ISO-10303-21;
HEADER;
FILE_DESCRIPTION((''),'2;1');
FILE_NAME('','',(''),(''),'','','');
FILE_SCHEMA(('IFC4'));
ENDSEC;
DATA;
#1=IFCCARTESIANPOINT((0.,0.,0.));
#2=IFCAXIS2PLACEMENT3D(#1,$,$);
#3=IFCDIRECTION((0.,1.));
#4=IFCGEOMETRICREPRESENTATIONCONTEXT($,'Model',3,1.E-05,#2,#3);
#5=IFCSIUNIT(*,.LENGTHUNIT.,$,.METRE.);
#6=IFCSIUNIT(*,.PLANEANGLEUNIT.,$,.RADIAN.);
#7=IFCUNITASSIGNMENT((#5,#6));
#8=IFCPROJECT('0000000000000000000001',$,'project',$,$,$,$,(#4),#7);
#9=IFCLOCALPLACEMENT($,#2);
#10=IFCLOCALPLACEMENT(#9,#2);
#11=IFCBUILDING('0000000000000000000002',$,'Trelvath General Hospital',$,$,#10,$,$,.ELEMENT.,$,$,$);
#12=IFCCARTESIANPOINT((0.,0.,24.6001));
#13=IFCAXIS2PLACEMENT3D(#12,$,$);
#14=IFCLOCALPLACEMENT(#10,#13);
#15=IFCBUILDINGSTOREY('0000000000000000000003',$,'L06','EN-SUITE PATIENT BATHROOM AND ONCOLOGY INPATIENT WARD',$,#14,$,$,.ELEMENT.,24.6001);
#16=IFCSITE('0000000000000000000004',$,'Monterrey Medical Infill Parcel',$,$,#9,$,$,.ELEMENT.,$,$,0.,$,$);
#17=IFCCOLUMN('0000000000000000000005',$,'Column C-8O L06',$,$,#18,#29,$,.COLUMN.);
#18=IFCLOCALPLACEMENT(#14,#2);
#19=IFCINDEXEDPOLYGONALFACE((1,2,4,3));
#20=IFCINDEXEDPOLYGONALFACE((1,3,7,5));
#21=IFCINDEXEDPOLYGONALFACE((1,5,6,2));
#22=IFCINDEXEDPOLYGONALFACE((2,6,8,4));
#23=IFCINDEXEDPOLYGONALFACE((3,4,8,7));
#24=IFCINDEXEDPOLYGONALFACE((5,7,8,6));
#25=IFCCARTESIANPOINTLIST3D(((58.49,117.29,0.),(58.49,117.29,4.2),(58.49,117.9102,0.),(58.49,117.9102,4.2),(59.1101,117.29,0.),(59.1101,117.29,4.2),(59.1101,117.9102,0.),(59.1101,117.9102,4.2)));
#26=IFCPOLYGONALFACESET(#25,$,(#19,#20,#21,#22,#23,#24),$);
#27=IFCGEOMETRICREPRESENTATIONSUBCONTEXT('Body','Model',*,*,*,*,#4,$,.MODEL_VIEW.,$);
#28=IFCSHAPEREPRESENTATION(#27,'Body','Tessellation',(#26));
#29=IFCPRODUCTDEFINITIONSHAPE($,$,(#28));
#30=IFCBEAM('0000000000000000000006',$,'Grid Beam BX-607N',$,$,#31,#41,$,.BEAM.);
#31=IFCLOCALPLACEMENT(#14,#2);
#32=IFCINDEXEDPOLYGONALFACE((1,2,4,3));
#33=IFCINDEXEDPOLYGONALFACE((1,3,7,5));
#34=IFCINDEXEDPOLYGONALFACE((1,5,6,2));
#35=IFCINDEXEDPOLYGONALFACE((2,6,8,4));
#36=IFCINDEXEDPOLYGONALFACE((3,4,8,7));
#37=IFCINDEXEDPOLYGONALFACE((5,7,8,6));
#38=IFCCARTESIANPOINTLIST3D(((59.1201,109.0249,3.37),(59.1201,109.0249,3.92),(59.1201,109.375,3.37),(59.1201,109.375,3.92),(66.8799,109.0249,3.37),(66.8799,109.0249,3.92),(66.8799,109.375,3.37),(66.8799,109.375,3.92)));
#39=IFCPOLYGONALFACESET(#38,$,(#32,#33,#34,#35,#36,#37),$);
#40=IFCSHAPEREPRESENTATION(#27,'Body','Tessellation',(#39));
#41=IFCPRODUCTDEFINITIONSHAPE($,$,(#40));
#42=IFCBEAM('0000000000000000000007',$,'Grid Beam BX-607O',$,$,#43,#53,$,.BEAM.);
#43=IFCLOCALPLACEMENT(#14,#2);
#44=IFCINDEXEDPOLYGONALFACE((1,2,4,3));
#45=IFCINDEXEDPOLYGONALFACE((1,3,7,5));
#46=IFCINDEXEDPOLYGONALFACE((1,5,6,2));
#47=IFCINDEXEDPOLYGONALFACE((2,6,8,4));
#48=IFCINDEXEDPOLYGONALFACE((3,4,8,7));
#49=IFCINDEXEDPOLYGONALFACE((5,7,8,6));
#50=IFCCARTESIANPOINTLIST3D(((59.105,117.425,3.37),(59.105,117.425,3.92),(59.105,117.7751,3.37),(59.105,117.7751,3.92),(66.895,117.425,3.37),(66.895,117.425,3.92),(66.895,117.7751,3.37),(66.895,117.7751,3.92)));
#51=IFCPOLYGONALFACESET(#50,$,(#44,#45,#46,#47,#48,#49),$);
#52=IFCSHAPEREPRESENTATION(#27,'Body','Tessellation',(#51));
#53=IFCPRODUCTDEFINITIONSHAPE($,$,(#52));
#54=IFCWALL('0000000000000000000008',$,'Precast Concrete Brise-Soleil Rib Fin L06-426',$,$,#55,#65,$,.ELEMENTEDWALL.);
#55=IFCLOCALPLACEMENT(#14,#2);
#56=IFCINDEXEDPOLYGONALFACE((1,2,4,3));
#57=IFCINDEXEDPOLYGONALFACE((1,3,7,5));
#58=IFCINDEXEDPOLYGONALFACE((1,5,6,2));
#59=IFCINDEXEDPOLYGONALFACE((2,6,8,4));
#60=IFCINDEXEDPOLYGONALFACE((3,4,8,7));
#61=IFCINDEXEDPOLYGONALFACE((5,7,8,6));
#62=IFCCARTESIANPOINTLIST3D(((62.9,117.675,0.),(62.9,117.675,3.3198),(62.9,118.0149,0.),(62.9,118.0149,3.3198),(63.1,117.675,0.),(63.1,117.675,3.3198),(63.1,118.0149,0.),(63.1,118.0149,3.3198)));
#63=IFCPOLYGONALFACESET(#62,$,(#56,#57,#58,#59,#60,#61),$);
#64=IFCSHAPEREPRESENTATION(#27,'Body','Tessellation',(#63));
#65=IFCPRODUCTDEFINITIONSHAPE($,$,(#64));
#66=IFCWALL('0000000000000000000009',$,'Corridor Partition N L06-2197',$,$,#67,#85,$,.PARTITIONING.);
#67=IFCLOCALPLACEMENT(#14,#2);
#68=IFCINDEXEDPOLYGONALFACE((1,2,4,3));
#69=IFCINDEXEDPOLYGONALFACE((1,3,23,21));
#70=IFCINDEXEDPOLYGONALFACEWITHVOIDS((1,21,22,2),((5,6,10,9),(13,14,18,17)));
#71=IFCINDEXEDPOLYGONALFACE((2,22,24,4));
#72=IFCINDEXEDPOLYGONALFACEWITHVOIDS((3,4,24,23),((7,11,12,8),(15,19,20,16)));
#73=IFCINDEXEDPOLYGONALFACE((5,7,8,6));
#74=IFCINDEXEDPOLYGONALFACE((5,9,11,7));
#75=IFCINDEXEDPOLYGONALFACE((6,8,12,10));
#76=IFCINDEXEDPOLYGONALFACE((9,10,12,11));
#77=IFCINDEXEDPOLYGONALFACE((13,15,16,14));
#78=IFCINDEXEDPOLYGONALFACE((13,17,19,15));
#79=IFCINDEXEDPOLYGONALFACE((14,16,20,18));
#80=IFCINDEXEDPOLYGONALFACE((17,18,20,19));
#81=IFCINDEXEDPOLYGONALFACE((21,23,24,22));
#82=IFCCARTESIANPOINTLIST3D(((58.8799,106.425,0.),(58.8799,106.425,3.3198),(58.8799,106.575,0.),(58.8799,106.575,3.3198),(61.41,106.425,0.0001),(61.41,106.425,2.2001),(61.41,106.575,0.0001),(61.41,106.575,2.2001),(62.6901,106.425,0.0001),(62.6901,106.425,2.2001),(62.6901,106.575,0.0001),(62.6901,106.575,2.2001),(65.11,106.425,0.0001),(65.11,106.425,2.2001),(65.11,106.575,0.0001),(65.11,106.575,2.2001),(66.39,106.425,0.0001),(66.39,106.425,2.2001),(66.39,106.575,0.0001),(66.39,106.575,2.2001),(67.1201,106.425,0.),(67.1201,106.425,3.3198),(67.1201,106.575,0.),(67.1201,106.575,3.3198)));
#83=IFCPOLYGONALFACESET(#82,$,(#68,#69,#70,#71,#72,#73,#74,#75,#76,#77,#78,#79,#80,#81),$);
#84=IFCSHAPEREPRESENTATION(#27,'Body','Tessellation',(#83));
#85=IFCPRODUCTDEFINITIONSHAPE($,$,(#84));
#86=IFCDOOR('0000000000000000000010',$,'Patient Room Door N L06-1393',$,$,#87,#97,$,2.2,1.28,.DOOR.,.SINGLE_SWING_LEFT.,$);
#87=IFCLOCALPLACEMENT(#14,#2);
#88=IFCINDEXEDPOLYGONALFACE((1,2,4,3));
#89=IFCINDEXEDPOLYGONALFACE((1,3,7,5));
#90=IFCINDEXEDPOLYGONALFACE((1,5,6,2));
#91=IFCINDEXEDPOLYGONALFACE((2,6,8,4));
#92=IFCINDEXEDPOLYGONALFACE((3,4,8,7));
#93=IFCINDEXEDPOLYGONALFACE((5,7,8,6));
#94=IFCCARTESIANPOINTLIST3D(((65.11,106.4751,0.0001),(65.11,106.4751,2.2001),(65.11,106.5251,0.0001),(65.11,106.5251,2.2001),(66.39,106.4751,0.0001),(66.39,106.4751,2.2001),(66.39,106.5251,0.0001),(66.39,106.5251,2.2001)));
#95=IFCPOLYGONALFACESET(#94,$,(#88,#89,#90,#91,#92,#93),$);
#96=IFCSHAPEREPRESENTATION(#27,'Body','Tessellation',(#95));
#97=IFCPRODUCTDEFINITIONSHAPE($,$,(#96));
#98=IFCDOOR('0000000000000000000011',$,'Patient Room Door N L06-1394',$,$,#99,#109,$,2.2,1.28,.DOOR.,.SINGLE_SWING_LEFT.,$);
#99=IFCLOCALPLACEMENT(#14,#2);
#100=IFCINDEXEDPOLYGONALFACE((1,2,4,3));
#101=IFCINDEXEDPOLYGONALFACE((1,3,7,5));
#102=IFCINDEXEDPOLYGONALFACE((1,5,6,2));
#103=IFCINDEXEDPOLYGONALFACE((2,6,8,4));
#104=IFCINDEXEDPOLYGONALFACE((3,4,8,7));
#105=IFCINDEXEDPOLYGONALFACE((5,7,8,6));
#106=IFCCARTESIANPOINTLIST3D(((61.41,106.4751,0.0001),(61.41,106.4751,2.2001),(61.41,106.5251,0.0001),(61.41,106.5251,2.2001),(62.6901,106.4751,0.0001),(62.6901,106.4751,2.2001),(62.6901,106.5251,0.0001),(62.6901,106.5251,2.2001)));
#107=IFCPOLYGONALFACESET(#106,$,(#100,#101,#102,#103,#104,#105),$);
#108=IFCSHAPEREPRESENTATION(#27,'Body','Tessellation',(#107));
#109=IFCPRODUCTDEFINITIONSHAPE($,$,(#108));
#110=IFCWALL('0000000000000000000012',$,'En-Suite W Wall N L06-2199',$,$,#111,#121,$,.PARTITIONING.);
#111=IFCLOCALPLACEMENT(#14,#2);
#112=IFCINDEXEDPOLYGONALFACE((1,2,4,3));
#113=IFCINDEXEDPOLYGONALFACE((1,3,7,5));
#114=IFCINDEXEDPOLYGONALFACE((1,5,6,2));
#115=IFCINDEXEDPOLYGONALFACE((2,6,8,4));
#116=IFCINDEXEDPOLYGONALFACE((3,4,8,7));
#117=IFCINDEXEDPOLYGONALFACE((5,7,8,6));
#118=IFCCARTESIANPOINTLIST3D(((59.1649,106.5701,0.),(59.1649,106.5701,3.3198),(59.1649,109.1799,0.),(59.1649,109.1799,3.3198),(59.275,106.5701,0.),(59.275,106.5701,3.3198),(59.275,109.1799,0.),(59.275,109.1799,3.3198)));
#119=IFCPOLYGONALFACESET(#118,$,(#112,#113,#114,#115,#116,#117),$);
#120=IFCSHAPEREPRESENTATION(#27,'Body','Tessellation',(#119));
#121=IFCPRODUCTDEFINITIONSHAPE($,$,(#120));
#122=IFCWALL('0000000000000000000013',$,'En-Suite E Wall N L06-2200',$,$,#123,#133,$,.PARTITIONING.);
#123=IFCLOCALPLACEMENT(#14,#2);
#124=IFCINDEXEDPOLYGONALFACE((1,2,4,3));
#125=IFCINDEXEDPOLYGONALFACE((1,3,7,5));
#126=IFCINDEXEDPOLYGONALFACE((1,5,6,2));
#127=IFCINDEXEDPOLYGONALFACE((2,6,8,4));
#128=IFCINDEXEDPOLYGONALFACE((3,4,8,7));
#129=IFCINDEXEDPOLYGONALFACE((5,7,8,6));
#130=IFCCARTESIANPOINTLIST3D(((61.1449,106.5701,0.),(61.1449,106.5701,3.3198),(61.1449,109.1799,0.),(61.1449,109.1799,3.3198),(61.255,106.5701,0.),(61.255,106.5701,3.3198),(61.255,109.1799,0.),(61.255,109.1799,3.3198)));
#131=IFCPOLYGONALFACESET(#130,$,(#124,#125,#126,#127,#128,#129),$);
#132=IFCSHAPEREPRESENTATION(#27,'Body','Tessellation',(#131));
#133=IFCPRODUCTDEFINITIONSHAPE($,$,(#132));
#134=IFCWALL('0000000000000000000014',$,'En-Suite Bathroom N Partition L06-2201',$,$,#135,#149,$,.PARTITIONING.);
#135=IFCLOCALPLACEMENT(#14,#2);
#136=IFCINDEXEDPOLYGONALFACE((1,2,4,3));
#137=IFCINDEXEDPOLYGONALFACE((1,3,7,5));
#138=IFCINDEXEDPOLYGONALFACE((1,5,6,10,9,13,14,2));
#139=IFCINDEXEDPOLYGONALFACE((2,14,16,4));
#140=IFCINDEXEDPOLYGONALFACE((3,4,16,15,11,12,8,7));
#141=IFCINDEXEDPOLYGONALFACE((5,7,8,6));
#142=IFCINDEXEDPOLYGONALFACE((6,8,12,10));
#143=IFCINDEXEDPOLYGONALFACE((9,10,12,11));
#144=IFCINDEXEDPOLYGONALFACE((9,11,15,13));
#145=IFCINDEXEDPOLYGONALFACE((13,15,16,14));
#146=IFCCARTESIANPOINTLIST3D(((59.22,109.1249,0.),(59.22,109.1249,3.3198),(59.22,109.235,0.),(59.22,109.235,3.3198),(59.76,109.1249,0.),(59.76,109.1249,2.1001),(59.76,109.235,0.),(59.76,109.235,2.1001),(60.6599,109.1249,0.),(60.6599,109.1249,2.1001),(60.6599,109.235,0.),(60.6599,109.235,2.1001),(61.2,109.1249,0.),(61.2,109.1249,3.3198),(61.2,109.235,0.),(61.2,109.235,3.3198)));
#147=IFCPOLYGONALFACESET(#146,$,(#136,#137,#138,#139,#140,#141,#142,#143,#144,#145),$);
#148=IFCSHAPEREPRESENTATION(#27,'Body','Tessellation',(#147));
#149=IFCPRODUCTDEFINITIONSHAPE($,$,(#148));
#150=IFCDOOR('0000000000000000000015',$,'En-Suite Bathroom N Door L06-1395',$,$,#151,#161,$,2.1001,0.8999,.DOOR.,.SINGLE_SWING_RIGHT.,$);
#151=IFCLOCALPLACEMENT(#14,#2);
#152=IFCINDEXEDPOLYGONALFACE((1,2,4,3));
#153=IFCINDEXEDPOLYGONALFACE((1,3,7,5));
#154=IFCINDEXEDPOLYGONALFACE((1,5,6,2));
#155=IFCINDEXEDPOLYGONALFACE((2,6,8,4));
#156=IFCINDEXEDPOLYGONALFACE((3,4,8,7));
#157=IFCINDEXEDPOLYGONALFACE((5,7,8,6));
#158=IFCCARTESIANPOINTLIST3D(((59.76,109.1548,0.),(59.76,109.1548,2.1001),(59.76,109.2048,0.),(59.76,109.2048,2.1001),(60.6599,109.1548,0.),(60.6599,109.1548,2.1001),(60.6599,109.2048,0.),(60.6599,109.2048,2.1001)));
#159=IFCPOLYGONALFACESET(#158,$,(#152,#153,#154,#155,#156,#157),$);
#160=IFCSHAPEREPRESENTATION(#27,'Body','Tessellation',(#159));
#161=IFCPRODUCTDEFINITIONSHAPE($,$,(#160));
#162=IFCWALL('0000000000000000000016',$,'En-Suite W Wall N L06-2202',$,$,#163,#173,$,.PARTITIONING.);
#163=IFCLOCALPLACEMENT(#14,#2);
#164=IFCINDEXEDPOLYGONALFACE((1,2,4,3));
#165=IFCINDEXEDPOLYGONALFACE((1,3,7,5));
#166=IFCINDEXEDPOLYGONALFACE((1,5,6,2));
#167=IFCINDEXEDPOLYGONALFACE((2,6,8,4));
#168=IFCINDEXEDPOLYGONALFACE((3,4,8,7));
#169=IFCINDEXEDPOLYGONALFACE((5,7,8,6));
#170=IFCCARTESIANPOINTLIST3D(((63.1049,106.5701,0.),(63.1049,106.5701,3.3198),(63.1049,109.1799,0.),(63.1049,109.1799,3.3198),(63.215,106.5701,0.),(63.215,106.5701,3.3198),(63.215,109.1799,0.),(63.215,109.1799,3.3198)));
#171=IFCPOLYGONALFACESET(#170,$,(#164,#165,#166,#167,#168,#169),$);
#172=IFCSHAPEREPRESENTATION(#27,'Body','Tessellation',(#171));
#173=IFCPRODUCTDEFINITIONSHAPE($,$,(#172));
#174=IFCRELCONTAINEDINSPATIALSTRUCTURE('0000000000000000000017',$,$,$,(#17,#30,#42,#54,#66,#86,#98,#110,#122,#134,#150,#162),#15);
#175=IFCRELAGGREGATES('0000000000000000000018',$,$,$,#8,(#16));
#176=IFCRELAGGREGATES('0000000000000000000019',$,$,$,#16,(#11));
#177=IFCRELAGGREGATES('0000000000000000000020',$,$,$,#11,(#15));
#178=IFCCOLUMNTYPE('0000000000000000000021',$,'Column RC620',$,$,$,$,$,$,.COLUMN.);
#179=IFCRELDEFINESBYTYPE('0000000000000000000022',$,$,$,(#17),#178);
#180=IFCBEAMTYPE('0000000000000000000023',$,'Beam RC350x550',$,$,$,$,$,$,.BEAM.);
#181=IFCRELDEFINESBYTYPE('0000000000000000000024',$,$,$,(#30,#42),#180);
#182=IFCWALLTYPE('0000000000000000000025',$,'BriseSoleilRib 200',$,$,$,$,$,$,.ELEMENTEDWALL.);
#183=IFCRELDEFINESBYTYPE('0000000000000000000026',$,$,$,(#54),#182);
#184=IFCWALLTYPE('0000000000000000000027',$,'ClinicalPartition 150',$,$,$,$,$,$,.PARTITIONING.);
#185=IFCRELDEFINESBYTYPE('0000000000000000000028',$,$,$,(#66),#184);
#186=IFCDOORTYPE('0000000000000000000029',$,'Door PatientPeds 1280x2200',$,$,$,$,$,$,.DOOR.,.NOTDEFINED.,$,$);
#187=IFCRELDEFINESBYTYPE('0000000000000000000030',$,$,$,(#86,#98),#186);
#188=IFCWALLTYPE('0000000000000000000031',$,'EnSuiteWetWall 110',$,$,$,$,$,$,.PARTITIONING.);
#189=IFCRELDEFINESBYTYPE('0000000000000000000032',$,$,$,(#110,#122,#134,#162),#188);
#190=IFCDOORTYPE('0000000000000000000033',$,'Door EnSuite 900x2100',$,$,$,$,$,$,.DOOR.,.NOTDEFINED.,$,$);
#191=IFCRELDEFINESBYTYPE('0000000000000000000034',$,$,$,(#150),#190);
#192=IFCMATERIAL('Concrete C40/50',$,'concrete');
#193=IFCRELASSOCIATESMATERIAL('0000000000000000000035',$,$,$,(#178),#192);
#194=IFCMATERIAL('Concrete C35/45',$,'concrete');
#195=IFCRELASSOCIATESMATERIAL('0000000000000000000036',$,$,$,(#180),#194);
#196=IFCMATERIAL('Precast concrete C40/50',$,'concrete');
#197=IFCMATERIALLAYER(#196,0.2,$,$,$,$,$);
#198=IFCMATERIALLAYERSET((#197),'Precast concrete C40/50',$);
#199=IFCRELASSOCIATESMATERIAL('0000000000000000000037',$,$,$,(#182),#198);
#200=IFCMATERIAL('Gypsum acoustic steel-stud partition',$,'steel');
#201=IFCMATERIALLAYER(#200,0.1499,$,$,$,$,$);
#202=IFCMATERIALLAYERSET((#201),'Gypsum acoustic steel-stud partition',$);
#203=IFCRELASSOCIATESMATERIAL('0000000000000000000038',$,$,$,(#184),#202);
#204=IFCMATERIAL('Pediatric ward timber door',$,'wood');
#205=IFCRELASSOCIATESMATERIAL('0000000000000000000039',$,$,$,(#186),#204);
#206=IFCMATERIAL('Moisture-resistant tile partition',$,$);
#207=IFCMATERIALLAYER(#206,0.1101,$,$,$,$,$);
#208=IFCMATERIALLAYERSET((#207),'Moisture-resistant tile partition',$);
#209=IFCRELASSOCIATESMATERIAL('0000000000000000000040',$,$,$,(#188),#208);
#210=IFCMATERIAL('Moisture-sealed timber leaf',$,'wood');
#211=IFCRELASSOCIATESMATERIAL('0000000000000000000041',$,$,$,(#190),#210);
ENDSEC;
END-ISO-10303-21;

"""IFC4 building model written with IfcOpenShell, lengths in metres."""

from ifc_helpers import new_model, si_unit, direction, frame, frame_2d, origin, origin_2d, place, context, subcontext, project, spatial, rectangle, extrude, material, layer, layer_set, material_profile, profile_set, type_object, element, fill, save


model = new_model("IFC4")

# Units and contexts
model_context = context("Model", 3, precision=1e-05, world=origin(), true_north=direction((0.0, 1.0)))
body_context = subcontext(model_context, "Body", "Model", "MODEL_VIEW")
ifc_project = project(units=[si_unit("LENGTHUNIT", "METRE"), si_unit("PLANEANGLEUNIT", "RADIAN")], contexts=[model_context])

# Site, building, storey
site_placement = place(None, origin())
site = spatial("IfcSite", under=ifc_project, at=site_placement, Name="Monterrey Medical Infill Parcel", CompositionType="ELEMENT", RefElevation=0.0)
building_placement = place(site_placement, origin())
building = spatial("IfcBuilding", under=site, at=building_placement, Name="Trelvath General Hospital", CompositionType="ELEMENT")
storey_placement = place(building_placement, frame((0.0, 0.0, 24.6001)))
storey = spatial("IfcBuildingStorey", under=building, at=storey_placement, Name="L06", Description="EN-SUITE PATIENT BATHROOM AND ONCOLOGY INPATIENT WARD", CompositionType="ELEMENT", Elevation=24.6001)

# Column
ifc_material_1 = material(Name="Concrete C40/50", Category="concrete")
ifc_material_profile_1 = material_profile(ifc_material_1, rectangle(XDim=0.6201, YDim=0.6201, at=origin_2d()), Name="RC620x620")
ifc_profile_set_1 = profile_set([ifc_material_profile_1], Name="Concrete C40/50")
column_type = type_object("IfcColumnType", Name="Column RC620", PredefinedType="COLUMN", material=ifc_profile_set_1)
column_placement = place(storey_placement, frame((58.8, 117.6001, 0.0), z_axis=(0.0, 0.0, 1.0), x_axis=(1.0, 0.0, 0.0)))
element("IfcColumn", 1, at=column_placement, inside=storey, type_object=column_type, Name="Column C-8O L06", PredefinedType="COLUMN", context=body_context, shape_type="SweptSolid", body=[
    extrude(rectangle(XDim=0.6201, YDim=0.6201, at=origin_2d()), origin(), (0.0, 0.0, 1.0), 4.2),
])

# Beams
ifc_material_2 = material(Name="Concrete C35/45", Category="concrete")
ifc_material_profile_2 = material_profile(ifc_material_2, rectangle(XDim=0.3501, YDim=0.55, at=origin_2d()), Name="RCB350x550")
ifc_profile_set_2 = profile_set([ifc_material_profile_2], Name="Concrete C35/45")
beam_type = type_object("IfcBeamType", Name="Beam RC350x550", PredefinedType="BEAM", material=ifc_profile_set_2)
beam_1_placement = place(storey_placement, frame((59.1201, 109.2, 3.645), z_axis=(1.0, 0.0, 0.0), x_axis=(0.0, 1.0, 0.0)))
element("IfcBeam", 2, at=beam_1_placement, inside=storey, type_object=beam_type, Name="Grid Beam BX-607N", PredefinedType="BEAM", context=body_context, shape_type="SweptSolid", body=[
    extrude(rectangle(XDim=0.3501, YDim=0.55, at=origin_2d()), origin(), (0.0, 0.0, 1.0), 7.7598),
])
beam_2_placement = place(storey_placement, frame((59.105, 117.6001, 3.645), z_axis=(1.0, 0.0, 0.0), x_axis=(0.0, 1.0, 0.0)))
element("IfcBeam", 3, at=beam_2_placement, inside=storey, type_object=beam_type, Name="Grid Beam BX-607O", PredefinedType="BEAM", context=body_context, shape_type="SweptSolid", body=[
    extrude(rectangle(XDim=0.3501, YDim=0.55, at=origin_2d()), origin(), (0.0, 0.0, 1.0), 7.79),
])

# Wall
ifc_material_3 = material(Name="Precast concrete C40/50", Category="concrete")
ifc_layer_1 = layer(ifc_material_3, 0.2)
ifc_layer_set_1 = layer_set([ifc_layer_1], Name="Precast concrete C40/50")
wall_type_1 = type_object("IfcWallType", Name="BriseSoleilRib 200", PredefinedType="ELEMENTEDWALL", material=ifc_layer_set_1)
wall_1_placement = place(storey_placement, frame((63.0, 117.675, 0.0), z_axis=(0.0, 0.0, 1.0), x_axis=(0.0, 1.0, 0.0)))
element("IfcWall", 4, at=wall_1_placement, inside=storey, type_object=wall_type_1, Name="Precast Concrete Brise-Soleil Rib Fin L06-426", PredefinedType="ELEMENTEDWALL", context=body_context, shape_type="SweptSolid", body=[
    extrude(rectangle(XDim=0.3398, YDim=0.2, at=frame_2d((0.1699, 0.0))), origin(), (0.0, 0.0, 1.0), 3.3198),
])

# Wall, openings, doors
ifc_material_4 = material(Name="Gypsum acoustic steel-stud partition", Category="steel")
ifc_layer_2 = layer(ifc_material_4, 0.1499)
ifc_layer_set_2 = layer_set([ifc_layer_2], Name="Gypsum acoustic steel-stud partition")
wall_type_2 = type_object("IfcWallType", Name="ClinicalPartition 150", PredefinedType="PARTITIONING", material=ifc_layer_set_2)
wall_2_placement = place(storey_placement, frame((67.1201, 106.5, 0.0), z_axis=(0.0, 0.0, 1.0), x_axis=(-1.0, 0.0, 0.0)))
wall_2 = element("IfcWall", 5, at=wall_2_placement, inside=storey, type_object=wall_type_2, Name="Corridor Partition N L06-2197", PredefinedType="PARTITIONING", context=body_context, shape_type="SweptSolid", body=[
    extrude(rectangle(XDim=8.2402, YDim=0.1499, at=frame_2d((4.1201, 0.0))), origin(), (0.0, 0.0, 1.0), 3.3198),
])
opening_1_placement = place(wall_2_placement, frame((0.73, 0.0, 0.0)))
opening_1 = element("IfcOpeningElement", 6, at=opening_1_placement, cuts=wall_2, PredefinedType="OPENING", context=body_context, shape_type="SweptSolid", body=[
    extrude(rectangle(XDim=1.28, YDim=2.2, at=frame_2d((0.6401, 1.1001))), frame((0.0, 0.085, 0.0), z_axis=(0.0, -1.0, 0.0), x_axis=(1.0, 0.0, 0.0)), (0.0, 0.0, 1.0), 0.1699),
])
opening_2_placement = place(wall_2_placement, frame((4.4299, 0.0, 0.0)))
opening_2 = element("IfcOpeningElement", 7, at=opening_2_placement, cuts=wall_2, PredefinedType="OPENING", context=body_context, shape_type="SweptSolid", body=[
    extrude(rectangle(XDim=1.28, YDim=2.2, at=frame_2d((0.6401, 1.1001))), frame((0.0, 0.085, 0.0), z_axis=(0.0, -1.0, 0.0), x_axis=(1.0, 0.0, 0.0)), (0.0, 0.0, 1.0), 0.1699),
])
ifc_material_5 = material(Name="Pediatric ward timber door", Category="wood")
door_type_1 = type_object("IfcDoorType", Name="Door PatientPeds 1280x2200", OperationType="NOTDEFINED", PredefinedType="DOOR", material=ifc_material_5)
door_1_placement = place(opening_1_placement, origin())
door_1 = element("IfcDoor", 8, at=door_1_placement, inside=storey, type_object=door_type_1, Name="Patient Room Door N L06-1393", OperationType="SINGLE_SWING_LEFT", OverallHeight=2.2, OverallWidth=1.28, PredefinedType="DOOR", context=body_context, shape_type="SweptSolid", body=[
    extrude(rectangle(XDim=1.28, YDim=2.2, at=frame_2d((0.6401, 1.1001))), frame((0.0, 0.0249, 0.0), z_axis=(0.0, -1.0, 0.0), x_axis=(1.0, 0.0, 0.0)), (0.0, 0.0, 1.0), 0.05),
])
fill(opening_1, door_1)
door_2_placement = place(opening_2_placement, origin())
door_2 = element("IfcDoor", 9, at=door_2_placement, inside=storey, type_object=door_type_1, Name="Patient Room Door N L06-1394", OperationType="SINGLE_SWING_LEFT", OverallHeight=2.2, OverallWidth=1.28, PredefinedType="DOOR", context=body_context, shape_type="SweptSolid", body=[
    extrude(rectangle(XDim=1.28, YDim=2.2, at=frame_2d((0.6401, 1.1001))), frame((0.0, 0.0249, 0.0), z_axis=(0.0, -1.0, 0.0), x_axis=(1.0, 0.0, 0.0)), (0.0, 0.0, 1.0), 0.05),
])
fill(opening_2, door_2)

# Walls
ifc_material_6 = material(Name="Moisture-resistant tile partition")
ifc_layer_3 = layer(ifc_material_6, 0.1101)
ifc_layer_set_3 = layer_set([ifc_layer_3], Name="Moisture-resistant tile partition")
wall_type_3 = type_object("IfcWallType", Name="EnSuiteWetWall 110", PredefinedType="PARTITIONING", material=ifc_layer_set_3)
for number, where, z_axis, x_axis, name in (
    (10, (59.22, 106.5701, 0.0), (0.0, 0.0, 1.0), (0.0, 1.0, 0.0), "En-Suite W Wall N L06-2199"),
    (11, (61.2, 106.5701, 0.0), (0.0, 0.0, 1.0), (0.0, 1.0, 0.0), "En-Suite E Wall N L06-2200"),
):
    element("IfcWall", number, at=place(storey_placement, frame(where, z_axis=z_axis, x_axis=x_axis)), inside=storey, type_object=wall_type_3, Name=name, PredefinedType="PARTITIONING", context=body_context, shape_type="SweptSolid", body=[
        extrude(rectangle(XDim=2.6099, YDim=0.1101, at=frame_2d((1.3049, 0.0))), origin(), (0.0, 0.0, 1.0), 3.3198),
    ])

# Wall, opening, door
wall_3_placement = place(storey_placement, frame((59.22, 109.1799, 0.0), z_axis=(0.0, 0.0, 1.0), x_axis=(1.0, 0.0, 0.0)))
wall_3 = element("IfcWall", 12, at=wall_3_placement, inside=storey, type_object=wall_type_3, Name="En-Suite Bathroom N Partition L06-2201", PredefinedType="PARTITIONING", context=body_context, shape_type="SweptSolid", body=[
    extrude(rectangle(XDim=1.98, YDim=0.1101, at=frame_2d((0.99, 0.0))), origin(), (0.0, 0.0, 1.0), 3.3198),
])
opening_3_placement = place(wall_3_placement, frame((0.54, 0.0, 0.0)))
opening_3 = element("IfcOpeningElement", 13, at=opening_3_placement, cuts=wall_3, PredefinedType="OPENING", context=body_context, shape_type="SweptSolid", body=[
    extrude(rectangle(XDim=0.8999, YDim=2.1001, at=frame_2d((0.45, 1.05))), frame((0.0, 0.0649, 0.0), z_axis=(0.0, -1.0, 0.0), x_axis=(1.0, 0.0, 0.0)), (0.0, 0.0, 1.0), 0.1301),
])
ifc_material_7 = material(Name="Moisture-sealed timber leaf", Category="wood")
door_type_2 = type_object("IfcDoorType", Name="Door EnSuite 900x2100", OperationType="NOTDEFINED", PredefinedType="DOOR", material=ifc_material_7)
door_3_placement = place(opening_3_placement, origin())
door_3 = element("IfcDoor", 14, at=door_3_placement, inside=storey, type_object=door_type_2, Name="En-Suite Bathroom N Door L06-1395", OperationType="SINGLE_SWING_RIGHT", OverallHeight=2.1001, OverallWidth=0.8999, PredefinedType="DOOR", context=body_context, shape_type="SweptSolid", body=[
    extrude(rectangle(XDim=0.8999, YDim=2.1001, at=frame_2d((0.45, 1.05))), frame((0.0, 0.0249, 0.0), z_axis=(0.0, -1.0, 0.0), x_axis=(1.0, 0.0, 0.0)), (0.0, 0.0, 1.0), 0.05),
])
fill(opening_3, door_3)

# Wall
for number, where, z_axis, x_axis, name in (
    (15, (63.1599, 106.5701, 0.0), (0.0, 0.0, 1.0), (0.0, 1.0, 0.0), "En-Suite W Wall N L06-2202"),
):
    element("IfcWall", number, at=place(storey_placement, frame(where, z_axis=z_axis, x_axis=x_axis)), inside=storey, type_object=wall_type_3, Name=name, PredefinedType="PARTITIONING", context=body_context, shape_type="SweptSolid", body=[
        extrude(rectangle(XDim=2.6099, YDim=0.1101, at=frame_2d((1.3049, 0.0))), origin(), (0.0, 0.0, 1.0), 3.3198),
    ])

save(model, "model.ifc")
